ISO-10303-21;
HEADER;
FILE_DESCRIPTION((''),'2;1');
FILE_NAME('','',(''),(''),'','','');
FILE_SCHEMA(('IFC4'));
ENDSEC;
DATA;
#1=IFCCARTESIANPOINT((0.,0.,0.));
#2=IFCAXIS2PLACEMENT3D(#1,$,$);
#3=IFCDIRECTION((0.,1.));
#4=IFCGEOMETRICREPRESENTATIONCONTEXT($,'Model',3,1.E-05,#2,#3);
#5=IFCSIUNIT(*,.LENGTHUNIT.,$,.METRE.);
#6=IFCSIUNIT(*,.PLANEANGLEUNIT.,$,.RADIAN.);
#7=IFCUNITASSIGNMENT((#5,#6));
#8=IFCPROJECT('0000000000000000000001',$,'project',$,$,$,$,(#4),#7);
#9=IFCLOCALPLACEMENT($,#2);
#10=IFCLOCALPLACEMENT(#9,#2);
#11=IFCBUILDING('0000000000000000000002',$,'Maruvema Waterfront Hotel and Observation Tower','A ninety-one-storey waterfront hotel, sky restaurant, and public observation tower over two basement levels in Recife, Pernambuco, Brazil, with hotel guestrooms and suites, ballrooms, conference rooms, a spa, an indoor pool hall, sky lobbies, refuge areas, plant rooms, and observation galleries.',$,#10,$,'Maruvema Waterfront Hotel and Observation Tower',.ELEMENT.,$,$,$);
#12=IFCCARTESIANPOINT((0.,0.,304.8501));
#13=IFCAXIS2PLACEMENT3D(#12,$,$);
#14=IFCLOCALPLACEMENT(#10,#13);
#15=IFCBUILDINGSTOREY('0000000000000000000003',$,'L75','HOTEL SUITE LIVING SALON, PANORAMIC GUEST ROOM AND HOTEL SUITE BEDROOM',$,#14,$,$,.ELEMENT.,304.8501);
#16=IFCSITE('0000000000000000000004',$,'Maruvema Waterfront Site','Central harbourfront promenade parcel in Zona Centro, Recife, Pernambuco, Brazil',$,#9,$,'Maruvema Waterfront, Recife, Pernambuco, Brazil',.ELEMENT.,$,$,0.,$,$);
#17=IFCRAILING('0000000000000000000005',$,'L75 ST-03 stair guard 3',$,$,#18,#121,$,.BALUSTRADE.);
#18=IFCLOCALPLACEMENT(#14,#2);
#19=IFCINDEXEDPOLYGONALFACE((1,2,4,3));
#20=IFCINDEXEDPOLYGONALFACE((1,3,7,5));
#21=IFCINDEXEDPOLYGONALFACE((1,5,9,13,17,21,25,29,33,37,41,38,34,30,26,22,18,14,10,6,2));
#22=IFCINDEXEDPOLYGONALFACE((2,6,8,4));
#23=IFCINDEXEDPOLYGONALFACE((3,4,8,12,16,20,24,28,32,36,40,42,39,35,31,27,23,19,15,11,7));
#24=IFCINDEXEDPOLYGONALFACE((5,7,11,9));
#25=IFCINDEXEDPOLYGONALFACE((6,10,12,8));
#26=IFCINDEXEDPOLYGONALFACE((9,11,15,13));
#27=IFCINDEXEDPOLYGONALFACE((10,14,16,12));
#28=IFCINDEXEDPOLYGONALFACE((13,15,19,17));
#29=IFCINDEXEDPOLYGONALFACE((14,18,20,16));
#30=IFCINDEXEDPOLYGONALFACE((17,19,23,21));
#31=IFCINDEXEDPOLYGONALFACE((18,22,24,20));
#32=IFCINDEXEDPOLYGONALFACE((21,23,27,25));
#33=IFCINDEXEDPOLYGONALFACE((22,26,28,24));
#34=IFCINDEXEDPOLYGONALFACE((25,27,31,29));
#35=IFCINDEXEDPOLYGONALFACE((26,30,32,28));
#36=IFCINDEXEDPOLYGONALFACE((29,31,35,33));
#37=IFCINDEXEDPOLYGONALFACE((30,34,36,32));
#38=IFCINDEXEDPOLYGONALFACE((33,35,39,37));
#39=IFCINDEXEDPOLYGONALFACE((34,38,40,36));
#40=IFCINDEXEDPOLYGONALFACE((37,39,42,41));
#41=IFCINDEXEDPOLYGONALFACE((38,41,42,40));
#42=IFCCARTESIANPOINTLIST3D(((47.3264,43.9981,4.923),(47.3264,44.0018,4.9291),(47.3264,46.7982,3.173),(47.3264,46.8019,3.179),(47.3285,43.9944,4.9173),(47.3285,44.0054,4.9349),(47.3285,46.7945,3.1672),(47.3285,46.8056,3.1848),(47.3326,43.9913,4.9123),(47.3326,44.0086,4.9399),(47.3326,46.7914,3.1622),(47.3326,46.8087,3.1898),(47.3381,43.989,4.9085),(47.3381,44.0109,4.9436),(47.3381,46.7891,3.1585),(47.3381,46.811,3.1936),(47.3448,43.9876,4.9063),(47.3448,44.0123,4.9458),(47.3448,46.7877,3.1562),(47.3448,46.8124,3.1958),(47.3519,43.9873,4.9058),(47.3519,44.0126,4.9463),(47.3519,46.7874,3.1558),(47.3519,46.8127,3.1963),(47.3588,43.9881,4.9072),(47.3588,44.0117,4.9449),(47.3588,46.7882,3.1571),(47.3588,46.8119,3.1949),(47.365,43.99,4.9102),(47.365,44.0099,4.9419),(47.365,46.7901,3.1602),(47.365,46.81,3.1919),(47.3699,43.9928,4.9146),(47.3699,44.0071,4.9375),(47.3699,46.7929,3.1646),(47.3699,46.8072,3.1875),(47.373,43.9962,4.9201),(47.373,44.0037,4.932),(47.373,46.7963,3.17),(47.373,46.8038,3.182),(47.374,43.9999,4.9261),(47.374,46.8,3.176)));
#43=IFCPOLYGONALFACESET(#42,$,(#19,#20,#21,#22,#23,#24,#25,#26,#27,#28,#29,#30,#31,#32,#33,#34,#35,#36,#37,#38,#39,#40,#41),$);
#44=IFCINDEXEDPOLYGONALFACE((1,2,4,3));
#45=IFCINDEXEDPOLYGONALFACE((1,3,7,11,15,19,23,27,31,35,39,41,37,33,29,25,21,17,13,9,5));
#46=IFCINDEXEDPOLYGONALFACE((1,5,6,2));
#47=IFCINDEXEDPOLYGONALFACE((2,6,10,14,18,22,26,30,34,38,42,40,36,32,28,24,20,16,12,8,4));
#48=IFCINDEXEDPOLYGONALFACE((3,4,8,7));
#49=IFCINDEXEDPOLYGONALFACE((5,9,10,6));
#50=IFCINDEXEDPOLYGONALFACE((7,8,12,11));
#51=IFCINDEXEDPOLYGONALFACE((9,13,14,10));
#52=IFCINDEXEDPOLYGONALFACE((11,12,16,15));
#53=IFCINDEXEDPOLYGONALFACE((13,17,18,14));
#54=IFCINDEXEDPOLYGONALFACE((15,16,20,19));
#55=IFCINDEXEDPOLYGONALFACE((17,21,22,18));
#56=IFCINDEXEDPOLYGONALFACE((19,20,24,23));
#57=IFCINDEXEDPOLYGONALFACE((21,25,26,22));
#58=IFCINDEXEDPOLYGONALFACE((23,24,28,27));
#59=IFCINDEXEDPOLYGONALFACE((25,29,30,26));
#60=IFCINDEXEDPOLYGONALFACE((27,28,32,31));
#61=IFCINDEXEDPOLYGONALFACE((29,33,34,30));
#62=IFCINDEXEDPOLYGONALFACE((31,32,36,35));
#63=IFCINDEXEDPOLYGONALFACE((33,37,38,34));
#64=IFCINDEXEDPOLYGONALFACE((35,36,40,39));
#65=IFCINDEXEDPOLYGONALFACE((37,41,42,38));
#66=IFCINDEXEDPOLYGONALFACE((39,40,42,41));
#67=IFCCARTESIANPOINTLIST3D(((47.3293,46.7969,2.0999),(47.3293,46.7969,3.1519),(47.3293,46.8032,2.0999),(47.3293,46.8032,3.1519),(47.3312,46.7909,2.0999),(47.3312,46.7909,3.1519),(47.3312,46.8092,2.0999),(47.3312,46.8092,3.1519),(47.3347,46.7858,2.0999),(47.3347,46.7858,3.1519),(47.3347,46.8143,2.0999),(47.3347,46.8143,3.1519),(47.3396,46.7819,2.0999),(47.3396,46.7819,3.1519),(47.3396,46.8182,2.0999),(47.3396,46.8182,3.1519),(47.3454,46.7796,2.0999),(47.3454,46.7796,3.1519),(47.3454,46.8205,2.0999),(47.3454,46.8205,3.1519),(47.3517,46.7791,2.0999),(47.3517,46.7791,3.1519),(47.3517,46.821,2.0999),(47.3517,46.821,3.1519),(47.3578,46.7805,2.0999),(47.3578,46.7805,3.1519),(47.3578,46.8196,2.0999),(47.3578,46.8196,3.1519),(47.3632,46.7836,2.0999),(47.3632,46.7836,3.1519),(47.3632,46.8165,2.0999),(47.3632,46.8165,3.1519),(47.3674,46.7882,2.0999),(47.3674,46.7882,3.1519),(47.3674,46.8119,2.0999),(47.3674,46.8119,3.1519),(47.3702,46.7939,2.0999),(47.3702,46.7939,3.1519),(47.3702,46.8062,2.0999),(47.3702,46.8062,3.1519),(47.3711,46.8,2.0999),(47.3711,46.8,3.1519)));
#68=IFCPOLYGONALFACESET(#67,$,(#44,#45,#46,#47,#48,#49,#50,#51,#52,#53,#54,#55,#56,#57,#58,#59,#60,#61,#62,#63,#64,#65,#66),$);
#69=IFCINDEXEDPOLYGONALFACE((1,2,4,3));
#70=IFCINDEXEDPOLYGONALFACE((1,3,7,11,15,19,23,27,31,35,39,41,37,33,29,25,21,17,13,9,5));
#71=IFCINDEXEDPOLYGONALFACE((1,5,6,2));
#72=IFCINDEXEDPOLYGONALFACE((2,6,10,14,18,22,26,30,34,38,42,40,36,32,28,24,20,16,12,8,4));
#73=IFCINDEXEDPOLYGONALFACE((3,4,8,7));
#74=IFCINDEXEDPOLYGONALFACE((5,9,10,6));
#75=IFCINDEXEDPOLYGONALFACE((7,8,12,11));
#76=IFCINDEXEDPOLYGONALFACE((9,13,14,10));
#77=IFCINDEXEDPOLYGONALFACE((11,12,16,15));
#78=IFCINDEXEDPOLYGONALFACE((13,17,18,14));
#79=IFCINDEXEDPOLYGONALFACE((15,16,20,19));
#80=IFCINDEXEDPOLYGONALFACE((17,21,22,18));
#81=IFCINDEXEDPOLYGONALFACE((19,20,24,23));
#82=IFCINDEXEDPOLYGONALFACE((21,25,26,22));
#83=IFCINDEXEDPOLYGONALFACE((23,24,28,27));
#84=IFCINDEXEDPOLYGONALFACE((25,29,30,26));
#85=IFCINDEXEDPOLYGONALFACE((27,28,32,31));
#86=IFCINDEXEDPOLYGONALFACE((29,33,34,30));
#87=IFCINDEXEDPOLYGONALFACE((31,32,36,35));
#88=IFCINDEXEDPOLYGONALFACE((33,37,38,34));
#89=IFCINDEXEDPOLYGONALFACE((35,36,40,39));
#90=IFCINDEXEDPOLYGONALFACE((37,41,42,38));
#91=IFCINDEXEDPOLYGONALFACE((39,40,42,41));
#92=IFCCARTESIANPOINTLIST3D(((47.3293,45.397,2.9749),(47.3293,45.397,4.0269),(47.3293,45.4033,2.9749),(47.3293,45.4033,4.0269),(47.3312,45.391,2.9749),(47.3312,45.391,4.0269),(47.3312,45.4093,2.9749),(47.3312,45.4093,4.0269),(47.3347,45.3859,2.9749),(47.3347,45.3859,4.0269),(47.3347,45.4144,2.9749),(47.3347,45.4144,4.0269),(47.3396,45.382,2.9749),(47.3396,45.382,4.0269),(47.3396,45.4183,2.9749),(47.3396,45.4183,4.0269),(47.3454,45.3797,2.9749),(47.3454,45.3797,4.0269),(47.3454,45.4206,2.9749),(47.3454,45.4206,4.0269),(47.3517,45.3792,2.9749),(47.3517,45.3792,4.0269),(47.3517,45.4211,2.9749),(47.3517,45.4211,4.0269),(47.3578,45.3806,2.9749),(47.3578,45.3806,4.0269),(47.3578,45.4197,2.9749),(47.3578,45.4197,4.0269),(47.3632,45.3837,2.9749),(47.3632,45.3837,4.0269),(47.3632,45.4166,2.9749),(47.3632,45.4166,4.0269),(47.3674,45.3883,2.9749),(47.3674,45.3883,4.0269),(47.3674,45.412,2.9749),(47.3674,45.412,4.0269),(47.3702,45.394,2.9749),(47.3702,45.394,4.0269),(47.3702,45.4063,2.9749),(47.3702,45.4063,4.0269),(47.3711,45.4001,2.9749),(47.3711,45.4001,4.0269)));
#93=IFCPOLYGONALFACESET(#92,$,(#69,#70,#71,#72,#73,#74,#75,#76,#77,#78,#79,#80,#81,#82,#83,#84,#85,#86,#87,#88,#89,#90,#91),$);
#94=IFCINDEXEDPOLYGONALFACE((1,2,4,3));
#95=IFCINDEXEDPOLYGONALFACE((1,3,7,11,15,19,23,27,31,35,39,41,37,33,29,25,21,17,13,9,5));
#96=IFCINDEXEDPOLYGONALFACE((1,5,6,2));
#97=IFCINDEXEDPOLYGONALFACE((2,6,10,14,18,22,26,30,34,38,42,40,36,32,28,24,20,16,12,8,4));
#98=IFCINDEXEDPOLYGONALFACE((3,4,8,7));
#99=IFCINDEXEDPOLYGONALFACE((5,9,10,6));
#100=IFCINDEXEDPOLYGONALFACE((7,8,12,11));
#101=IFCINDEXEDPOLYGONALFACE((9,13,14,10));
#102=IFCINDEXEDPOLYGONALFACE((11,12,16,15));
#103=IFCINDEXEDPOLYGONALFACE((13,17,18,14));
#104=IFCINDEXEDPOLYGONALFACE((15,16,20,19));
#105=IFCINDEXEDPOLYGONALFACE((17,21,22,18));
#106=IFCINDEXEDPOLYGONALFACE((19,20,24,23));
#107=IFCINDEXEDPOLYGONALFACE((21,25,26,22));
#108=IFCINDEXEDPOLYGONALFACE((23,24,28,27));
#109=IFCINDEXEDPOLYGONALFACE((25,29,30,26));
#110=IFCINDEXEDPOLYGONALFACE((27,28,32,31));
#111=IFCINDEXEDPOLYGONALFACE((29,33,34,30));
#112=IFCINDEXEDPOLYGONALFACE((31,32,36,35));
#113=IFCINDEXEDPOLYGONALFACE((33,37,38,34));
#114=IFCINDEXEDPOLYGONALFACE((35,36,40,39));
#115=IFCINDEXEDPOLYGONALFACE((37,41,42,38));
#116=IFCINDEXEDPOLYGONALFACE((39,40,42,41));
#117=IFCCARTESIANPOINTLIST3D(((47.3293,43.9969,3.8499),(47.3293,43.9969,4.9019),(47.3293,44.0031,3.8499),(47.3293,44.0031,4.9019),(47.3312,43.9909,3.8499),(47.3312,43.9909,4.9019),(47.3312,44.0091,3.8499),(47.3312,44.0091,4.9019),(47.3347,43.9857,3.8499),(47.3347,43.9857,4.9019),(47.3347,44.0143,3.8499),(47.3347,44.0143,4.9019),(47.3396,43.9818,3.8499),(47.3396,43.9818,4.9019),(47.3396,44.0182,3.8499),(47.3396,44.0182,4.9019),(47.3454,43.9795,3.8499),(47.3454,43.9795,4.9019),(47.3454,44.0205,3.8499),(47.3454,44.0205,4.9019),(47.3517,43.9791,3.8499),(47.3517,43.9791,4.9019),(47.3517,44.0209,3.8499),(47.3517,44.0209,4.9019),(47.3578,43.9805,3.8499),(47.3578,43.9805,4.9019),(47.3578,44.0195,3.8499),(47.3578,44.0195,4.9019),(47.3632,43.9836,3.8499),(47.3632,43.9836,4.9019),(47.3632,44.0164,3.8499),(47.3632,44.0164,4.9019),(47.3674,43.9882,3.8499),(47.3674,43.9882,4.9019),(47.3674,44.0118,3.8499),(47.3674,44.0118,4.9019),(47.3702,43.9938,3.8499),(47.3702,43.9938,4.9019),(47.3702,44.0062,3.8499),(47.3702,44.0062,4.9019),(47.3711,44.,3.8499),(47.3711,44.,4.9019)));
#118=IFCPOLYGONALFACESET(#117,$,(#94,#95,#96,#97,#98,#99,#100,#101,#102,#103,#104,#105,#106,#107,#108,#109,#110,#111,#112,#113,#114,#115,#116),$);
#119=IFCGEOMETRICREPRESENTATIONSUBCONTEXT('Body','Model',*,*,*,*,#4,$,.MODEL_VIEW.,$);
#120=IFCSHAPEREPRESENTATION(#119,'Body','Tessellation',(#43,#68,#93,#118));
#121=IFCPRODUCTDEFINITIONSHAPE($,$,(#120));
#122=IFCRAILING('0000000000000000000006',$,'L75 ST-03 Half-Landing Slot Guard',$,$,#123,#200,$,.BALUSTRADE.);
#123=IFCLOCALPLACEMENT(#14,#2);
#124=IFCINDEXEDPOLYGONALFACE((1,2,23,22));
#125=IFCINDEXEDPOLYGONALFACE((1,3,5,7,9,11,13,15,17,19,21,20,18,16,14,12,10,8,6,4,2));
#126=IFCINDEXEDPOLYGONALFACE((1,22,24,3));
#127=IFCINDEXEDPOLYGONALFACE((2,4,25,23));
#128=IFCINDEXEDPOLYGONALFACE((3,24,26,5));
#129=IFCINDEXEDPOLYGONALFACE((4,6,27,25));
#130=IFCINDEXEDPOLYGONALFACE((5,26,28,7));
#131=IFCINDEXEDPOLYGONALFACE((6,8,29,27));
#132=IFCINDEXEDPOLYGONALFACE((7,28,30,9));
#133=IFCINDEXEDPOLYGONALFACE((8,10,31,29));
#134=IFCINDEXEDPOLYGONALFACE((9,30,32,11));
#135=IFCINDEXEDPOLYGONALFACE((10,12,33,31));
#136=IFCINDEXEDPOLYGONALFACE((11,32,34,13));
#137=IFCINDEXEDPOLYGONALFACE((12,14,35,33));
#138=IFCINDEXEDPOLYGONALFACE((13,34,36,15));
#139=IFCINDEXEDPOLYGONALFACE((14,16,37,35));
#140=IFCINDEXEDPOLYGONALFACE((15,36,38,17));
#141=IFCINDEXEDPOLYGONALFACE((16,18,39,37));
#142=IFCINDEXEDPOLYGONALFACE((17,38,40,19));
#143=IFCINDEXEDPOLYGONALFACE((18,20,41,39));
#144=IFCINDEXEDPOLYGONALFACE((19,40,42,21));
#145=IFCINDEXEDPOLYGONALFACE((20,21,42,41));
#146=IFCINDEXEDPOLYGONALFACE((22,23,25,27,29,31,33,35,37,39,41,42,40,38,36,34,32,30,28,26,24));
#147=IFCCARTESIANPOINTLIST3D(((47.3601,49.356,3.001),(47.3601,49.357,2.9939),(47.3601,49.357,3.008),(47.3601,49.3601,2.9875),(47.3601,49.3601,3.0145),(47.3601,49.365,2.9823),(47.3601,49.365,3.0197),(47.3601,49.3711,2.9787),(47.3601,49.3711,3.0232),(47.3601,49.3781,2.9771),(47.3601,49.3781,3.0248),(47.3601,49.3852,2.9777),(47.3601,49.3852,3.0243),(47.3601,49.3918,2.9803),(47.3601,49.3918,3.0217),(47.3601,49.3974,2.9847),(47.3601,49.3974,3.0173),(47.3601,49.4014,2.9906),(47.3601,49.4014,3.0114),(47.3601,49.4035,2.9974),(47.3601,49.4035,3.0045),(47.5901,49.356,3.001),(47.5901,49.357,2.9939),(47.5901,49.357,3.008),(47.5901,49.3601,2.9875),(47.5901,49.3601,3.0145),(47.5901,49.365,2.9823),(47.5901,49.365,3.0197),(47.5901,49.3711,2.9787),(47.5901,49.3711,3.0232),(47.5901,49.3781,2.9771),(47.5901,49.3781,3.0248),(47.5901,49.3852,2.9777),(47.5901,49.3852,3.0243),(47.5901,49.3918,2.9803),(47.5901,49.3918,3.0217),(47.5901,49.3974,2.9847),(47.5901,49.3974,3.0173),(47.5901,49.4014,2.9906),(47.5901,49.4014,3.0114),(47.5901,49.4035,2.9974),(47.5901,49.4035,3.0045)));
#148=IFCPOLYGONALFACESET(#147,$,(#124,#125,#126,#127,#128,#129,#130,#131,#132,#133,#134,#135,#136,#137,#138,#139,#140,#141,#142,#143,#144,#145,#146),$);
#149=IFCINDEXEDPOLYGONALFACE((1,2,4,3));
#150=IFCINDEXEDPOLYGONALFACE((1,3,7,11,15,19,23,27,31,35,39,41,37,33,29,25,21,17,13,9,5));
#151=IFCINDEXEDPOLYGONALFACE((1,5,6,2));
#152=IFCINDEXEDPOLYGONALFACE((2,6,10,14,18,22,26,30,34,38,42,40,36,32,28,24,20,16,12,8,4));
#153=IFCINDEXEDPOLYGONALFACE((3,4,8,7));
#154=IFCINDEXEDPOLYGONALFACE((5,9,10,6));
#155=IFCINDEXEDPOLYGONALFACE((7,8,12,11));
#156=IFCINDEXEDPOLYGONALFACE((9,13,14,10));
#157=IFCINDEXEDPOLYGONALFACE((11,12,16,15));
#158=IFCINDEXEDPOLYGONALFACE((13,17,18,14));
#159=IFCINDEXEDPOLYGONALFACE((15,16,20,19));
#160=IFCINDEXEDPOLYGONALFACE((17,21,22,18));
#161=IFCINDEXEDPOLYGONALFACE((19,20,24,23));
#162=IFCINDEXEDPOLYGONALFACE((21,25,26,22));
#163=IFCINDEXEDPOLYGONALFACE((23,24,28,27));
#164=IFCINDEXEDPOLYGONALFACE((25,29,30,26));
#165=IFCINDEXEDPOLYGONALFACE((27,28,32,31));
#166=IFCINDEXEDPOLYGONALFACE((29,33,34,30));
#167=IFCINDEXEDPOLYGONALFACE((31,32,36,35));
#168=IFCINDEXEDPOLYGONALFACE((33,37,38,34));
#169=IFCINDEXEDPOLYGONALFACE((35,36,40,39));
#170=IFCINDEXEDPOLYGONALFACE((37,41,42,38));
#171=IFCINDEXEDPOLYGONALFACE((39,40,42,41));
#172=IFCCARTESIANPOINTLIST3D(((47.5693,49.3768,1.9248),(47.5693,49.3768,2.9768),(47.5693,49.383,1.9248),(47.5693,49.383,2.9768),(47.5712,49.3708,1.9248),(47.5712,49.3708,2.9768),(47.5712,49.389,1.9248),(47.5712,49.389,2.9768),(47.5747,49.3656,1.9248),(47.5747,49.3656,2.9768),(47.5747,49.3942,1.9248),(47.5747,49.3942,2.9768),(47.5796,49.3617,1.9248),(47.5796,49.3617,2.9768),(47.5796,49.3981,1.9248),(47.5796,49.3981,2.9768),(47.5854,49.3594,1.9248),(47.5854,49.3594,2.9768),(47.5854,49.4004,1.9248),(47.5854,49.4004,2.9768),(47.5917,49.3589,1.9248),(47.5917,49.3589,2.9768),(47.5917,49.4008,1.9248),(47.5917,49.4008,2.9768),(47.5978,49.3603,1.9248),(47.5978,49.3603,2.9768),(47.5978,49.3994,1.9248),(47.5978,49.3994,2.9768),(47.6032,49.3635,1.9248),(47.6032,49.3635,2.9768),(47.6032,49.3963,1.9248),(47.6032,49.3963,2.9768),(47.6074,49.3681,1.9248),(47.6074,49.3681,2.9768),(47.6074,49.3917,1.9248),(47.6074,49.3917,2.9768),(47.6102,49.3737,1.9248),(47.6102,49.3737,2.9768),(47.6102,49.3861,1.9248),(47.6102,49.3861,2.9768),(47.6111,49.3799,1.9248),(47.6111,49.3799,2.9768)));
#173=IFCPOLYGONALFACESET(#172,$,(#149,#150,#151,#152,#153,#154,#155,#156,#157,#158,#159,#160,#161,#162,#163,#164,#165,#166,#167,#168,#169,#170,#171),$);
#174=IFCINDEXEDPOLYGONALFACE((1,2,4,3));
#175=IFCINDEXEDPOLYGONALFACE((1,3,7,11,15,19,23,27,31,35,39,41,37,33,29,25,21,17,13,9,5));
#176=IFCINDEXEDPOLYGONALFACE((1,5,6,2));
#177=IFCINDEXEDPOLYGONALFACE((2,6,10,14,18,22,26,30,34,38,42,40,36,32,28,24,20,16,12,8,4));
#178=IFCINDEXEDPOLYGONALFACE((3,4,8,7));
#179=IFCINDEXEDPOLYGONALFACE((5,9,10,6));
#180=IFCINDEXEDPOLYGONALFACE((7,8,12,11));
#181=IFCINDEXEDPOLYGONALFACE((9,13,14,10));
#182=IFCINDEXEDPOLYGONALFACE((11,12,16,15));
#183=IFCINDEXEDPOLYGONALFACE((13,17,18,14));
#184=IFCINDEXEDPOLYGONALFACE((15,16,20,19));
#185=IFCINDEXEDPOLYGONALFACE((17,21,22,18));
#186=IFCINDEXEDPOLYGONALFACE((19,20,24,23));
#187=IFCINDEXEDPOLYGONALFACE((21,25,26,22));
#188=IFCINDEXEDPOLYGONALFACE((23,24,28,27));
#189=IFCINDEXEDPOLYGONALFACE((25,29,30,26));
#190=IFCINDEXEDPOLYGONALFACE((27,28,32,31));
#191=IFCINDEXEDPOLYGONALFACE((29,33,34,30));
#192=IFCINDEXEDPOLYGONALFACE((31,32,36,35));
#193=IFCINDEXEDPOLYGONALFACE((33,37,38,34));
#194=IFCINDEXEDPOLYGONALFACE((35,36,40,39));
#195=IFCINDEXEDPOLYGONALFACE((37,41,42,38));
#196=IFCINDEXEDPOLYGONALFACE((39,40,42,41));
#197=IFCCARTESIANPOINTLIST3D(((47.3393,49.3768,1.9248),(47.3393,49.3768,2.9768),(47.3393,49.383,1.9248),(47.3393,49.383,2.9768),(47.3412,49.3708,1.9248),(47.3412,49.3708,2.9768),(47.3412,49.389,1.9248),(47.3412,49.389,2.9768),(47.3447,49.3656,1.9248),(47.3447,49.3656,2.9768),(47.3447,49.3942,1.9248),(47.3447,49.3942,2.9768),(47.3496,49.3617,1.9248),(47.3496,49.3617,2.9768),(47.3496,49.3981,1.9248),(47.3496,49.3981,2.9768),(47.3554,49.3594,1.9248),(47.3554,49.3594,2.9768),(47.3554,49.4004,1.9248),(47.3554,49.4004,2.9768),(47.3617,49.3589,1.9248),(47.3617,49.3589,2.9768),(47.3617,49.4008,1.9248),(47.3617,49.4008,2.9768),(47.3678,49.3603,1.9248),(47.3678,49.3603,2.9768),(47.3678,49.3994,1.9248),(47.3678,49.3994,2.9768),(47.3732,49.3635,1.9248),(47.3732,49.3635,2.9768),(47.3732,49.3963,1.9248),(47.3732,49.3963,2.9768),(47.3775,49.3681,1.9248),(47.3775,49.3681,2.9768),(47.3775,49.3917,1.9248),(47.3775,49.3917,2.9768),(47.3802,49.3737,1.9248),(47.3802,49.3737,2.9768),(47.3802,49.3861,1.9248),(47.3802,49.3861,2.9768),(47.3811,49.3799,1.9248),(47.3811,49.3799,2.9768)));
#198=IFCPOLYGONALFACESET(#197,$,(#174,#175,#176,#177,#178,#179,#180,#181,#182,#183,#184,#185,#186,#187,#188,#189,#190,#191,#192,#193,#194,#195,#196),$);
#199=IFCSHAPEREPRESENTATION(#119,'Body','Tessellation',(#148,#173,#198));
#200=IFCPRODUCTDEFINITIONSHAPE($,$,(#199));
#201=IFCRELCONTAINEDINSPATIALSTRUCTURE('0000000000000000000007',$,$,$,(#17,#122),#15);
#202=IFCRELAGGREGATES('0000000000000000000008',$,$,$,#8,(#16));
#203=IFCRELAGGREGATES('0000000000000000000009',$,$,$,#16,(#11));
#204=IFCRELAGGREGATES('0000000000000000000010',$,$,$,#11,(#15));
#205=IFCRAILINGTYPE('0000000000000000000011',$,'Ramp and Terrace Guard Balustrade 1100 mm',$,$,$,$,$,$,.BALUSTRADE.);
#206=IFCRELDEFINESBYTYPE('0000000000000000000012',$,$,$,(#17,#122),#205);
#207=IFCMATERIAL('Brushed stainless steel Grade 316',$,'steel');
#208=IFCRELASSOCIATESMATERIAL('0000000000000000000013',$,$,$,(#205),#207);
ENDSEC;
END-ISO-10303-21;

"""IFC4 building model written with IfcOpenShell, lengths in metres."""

from ifc_helpers import new_model, si_unit, direction, frame, origin, origin_2d, place, context, subcontext, project, spatial, circle, extrude, material, type_object, element, save


model = new_model("IFC4")

# Units and contexts
model_context = context("Model", 3, precision=1e-05, world=origin(), true_north=direction((0.0, 1.0)))
body_context = subcontext(model_context, "Body", "Model", "MODEL_VIEW")
ifc_project = project(units=[si_unit("LENGTHUNIT", "METRE"), si_unit("PLANEANGLEUNIT", "RADIAN")], contexts=[model_context])

# Site, building, storey
site_placement = place(None, origin())
site = spatial("IfcSite", under=ifc_project, at=site_placement, Name="Maruvema Waterfront Site", Description="Central harbourfront promenade parcel in Zona Centro, Recife, Pernambuco, Brazil", LongName="Maruvema Waterfront, Recife, Pernambuco, Brazil", CompositionType="ELEMENT", RefElevation=0.0)
building_placement = place(site_placement, origin())
building = spatial("IfcBuilding", under=site, at=building_placement, Name="Maruvema Waterfront Hotel and Observation Tower", Description="A ninety-one-storey waterfront hotel, sky restaurant, and public observation tower over two basement levels in Recife, Pernambuco, Brazil, with hotel guestrooms and suites, ballrooms, conference rooms, a spa, an indoor pool hall, sky lobbies, refuge areas, plant rooms, and observation galleries.", LongName="Maruvema Waterfront Hotel and Observation Tower", CompositionType="ELEMENT")
storey_placement = place(building_placement, frame((0.0, 0.0, 304.8501)))
storey = spatial("IfcBuildingStorey", under=building, at=storey_placement, Name="L75", Description="HOTEL SUITE LIVING SALON, PANORAMIC GUEST ROOM AND HOTEL SUITE BEDROOM", CompositionType="ELEMENT", Elevation=304.8501)

# Railings
ifc_material_1 = material(Name="Brushed stainless steel Grade 316", Category="steel")
railing_type_1 = type_object("IfcRailingType", Name="Ramp and Terrace Guard Balustrade 1100 mm", PredefinedType="BALUSTRADE", material=ifc_material_1)
railing_1_placement = place(storey_placement, frame((47.3501, 46.8, 2.0999)))
element("IfcRailing", 1, at=railing_1_placement, inside=storey, type_object=railing_type_1, Name="L75 ST-03 stair guard 3", PredefinedType="BALUSTRADE", context=body_context, shape_type="SweptSolid", body=[
    extrude(circle(Radius=0.0239, at=origin_2d()), frame((0.0, 0.0, 1.0762), z_axis=(0.0, -0.848002, 0.529992), x_axis=(1.0, 0.0, 0.0)), (0.0, 0.0, 1.0), 3.302),
    extrude(circle(Radius=0.021, at=origin_2d()), origin(), (0.0, 0.0, 1.0), 1.052),
    extrude(circle(Radius=0.021, at=origin_2d()), frame((0.0, -1.3999, 0.875)), (0.0, 0.0, 1.0), 1.052),
    extrude(circle(Radius=0.021, at=origin_2d()), frame((0.0, -2.8, 1.75)), (0.0, 0.0, 1.0), 1.052),
])
railing_2_placement = place(storey_placement, frame((47.5901, 49.3799, 1.9248)))
element("IfcRailing", 2, at=railing_2_placement, inside=storey, type_object=railing_type_1, Name="L75 ST-03 Half-Landing Slot Guard", PredefinedType="BALUSTRADE", context=body_context, shape_type="SweptSolid", body=[
    extrude(circle(Radius=0.0239, at=origin_2d()), frame((0.0, 0.0, 1.0762), z_axis=(-1.0, 0.0, 0.0), x_axis=(0.0, -1.0, 0.0)), (0.0, 0.0, 1.0), 0.23),
    extrude(circle(Radius=0.021, at=origin_2d()), origin(), (0.0, 0.0, 1.0), 1.052),
    extrude(circle(Radius=0.021, at=origin_2d()), frame((-0.23, 0.0, 0.0)), (0.0, 0.0, 1.0), 1.052),
])

save(model, "model.ifc")
